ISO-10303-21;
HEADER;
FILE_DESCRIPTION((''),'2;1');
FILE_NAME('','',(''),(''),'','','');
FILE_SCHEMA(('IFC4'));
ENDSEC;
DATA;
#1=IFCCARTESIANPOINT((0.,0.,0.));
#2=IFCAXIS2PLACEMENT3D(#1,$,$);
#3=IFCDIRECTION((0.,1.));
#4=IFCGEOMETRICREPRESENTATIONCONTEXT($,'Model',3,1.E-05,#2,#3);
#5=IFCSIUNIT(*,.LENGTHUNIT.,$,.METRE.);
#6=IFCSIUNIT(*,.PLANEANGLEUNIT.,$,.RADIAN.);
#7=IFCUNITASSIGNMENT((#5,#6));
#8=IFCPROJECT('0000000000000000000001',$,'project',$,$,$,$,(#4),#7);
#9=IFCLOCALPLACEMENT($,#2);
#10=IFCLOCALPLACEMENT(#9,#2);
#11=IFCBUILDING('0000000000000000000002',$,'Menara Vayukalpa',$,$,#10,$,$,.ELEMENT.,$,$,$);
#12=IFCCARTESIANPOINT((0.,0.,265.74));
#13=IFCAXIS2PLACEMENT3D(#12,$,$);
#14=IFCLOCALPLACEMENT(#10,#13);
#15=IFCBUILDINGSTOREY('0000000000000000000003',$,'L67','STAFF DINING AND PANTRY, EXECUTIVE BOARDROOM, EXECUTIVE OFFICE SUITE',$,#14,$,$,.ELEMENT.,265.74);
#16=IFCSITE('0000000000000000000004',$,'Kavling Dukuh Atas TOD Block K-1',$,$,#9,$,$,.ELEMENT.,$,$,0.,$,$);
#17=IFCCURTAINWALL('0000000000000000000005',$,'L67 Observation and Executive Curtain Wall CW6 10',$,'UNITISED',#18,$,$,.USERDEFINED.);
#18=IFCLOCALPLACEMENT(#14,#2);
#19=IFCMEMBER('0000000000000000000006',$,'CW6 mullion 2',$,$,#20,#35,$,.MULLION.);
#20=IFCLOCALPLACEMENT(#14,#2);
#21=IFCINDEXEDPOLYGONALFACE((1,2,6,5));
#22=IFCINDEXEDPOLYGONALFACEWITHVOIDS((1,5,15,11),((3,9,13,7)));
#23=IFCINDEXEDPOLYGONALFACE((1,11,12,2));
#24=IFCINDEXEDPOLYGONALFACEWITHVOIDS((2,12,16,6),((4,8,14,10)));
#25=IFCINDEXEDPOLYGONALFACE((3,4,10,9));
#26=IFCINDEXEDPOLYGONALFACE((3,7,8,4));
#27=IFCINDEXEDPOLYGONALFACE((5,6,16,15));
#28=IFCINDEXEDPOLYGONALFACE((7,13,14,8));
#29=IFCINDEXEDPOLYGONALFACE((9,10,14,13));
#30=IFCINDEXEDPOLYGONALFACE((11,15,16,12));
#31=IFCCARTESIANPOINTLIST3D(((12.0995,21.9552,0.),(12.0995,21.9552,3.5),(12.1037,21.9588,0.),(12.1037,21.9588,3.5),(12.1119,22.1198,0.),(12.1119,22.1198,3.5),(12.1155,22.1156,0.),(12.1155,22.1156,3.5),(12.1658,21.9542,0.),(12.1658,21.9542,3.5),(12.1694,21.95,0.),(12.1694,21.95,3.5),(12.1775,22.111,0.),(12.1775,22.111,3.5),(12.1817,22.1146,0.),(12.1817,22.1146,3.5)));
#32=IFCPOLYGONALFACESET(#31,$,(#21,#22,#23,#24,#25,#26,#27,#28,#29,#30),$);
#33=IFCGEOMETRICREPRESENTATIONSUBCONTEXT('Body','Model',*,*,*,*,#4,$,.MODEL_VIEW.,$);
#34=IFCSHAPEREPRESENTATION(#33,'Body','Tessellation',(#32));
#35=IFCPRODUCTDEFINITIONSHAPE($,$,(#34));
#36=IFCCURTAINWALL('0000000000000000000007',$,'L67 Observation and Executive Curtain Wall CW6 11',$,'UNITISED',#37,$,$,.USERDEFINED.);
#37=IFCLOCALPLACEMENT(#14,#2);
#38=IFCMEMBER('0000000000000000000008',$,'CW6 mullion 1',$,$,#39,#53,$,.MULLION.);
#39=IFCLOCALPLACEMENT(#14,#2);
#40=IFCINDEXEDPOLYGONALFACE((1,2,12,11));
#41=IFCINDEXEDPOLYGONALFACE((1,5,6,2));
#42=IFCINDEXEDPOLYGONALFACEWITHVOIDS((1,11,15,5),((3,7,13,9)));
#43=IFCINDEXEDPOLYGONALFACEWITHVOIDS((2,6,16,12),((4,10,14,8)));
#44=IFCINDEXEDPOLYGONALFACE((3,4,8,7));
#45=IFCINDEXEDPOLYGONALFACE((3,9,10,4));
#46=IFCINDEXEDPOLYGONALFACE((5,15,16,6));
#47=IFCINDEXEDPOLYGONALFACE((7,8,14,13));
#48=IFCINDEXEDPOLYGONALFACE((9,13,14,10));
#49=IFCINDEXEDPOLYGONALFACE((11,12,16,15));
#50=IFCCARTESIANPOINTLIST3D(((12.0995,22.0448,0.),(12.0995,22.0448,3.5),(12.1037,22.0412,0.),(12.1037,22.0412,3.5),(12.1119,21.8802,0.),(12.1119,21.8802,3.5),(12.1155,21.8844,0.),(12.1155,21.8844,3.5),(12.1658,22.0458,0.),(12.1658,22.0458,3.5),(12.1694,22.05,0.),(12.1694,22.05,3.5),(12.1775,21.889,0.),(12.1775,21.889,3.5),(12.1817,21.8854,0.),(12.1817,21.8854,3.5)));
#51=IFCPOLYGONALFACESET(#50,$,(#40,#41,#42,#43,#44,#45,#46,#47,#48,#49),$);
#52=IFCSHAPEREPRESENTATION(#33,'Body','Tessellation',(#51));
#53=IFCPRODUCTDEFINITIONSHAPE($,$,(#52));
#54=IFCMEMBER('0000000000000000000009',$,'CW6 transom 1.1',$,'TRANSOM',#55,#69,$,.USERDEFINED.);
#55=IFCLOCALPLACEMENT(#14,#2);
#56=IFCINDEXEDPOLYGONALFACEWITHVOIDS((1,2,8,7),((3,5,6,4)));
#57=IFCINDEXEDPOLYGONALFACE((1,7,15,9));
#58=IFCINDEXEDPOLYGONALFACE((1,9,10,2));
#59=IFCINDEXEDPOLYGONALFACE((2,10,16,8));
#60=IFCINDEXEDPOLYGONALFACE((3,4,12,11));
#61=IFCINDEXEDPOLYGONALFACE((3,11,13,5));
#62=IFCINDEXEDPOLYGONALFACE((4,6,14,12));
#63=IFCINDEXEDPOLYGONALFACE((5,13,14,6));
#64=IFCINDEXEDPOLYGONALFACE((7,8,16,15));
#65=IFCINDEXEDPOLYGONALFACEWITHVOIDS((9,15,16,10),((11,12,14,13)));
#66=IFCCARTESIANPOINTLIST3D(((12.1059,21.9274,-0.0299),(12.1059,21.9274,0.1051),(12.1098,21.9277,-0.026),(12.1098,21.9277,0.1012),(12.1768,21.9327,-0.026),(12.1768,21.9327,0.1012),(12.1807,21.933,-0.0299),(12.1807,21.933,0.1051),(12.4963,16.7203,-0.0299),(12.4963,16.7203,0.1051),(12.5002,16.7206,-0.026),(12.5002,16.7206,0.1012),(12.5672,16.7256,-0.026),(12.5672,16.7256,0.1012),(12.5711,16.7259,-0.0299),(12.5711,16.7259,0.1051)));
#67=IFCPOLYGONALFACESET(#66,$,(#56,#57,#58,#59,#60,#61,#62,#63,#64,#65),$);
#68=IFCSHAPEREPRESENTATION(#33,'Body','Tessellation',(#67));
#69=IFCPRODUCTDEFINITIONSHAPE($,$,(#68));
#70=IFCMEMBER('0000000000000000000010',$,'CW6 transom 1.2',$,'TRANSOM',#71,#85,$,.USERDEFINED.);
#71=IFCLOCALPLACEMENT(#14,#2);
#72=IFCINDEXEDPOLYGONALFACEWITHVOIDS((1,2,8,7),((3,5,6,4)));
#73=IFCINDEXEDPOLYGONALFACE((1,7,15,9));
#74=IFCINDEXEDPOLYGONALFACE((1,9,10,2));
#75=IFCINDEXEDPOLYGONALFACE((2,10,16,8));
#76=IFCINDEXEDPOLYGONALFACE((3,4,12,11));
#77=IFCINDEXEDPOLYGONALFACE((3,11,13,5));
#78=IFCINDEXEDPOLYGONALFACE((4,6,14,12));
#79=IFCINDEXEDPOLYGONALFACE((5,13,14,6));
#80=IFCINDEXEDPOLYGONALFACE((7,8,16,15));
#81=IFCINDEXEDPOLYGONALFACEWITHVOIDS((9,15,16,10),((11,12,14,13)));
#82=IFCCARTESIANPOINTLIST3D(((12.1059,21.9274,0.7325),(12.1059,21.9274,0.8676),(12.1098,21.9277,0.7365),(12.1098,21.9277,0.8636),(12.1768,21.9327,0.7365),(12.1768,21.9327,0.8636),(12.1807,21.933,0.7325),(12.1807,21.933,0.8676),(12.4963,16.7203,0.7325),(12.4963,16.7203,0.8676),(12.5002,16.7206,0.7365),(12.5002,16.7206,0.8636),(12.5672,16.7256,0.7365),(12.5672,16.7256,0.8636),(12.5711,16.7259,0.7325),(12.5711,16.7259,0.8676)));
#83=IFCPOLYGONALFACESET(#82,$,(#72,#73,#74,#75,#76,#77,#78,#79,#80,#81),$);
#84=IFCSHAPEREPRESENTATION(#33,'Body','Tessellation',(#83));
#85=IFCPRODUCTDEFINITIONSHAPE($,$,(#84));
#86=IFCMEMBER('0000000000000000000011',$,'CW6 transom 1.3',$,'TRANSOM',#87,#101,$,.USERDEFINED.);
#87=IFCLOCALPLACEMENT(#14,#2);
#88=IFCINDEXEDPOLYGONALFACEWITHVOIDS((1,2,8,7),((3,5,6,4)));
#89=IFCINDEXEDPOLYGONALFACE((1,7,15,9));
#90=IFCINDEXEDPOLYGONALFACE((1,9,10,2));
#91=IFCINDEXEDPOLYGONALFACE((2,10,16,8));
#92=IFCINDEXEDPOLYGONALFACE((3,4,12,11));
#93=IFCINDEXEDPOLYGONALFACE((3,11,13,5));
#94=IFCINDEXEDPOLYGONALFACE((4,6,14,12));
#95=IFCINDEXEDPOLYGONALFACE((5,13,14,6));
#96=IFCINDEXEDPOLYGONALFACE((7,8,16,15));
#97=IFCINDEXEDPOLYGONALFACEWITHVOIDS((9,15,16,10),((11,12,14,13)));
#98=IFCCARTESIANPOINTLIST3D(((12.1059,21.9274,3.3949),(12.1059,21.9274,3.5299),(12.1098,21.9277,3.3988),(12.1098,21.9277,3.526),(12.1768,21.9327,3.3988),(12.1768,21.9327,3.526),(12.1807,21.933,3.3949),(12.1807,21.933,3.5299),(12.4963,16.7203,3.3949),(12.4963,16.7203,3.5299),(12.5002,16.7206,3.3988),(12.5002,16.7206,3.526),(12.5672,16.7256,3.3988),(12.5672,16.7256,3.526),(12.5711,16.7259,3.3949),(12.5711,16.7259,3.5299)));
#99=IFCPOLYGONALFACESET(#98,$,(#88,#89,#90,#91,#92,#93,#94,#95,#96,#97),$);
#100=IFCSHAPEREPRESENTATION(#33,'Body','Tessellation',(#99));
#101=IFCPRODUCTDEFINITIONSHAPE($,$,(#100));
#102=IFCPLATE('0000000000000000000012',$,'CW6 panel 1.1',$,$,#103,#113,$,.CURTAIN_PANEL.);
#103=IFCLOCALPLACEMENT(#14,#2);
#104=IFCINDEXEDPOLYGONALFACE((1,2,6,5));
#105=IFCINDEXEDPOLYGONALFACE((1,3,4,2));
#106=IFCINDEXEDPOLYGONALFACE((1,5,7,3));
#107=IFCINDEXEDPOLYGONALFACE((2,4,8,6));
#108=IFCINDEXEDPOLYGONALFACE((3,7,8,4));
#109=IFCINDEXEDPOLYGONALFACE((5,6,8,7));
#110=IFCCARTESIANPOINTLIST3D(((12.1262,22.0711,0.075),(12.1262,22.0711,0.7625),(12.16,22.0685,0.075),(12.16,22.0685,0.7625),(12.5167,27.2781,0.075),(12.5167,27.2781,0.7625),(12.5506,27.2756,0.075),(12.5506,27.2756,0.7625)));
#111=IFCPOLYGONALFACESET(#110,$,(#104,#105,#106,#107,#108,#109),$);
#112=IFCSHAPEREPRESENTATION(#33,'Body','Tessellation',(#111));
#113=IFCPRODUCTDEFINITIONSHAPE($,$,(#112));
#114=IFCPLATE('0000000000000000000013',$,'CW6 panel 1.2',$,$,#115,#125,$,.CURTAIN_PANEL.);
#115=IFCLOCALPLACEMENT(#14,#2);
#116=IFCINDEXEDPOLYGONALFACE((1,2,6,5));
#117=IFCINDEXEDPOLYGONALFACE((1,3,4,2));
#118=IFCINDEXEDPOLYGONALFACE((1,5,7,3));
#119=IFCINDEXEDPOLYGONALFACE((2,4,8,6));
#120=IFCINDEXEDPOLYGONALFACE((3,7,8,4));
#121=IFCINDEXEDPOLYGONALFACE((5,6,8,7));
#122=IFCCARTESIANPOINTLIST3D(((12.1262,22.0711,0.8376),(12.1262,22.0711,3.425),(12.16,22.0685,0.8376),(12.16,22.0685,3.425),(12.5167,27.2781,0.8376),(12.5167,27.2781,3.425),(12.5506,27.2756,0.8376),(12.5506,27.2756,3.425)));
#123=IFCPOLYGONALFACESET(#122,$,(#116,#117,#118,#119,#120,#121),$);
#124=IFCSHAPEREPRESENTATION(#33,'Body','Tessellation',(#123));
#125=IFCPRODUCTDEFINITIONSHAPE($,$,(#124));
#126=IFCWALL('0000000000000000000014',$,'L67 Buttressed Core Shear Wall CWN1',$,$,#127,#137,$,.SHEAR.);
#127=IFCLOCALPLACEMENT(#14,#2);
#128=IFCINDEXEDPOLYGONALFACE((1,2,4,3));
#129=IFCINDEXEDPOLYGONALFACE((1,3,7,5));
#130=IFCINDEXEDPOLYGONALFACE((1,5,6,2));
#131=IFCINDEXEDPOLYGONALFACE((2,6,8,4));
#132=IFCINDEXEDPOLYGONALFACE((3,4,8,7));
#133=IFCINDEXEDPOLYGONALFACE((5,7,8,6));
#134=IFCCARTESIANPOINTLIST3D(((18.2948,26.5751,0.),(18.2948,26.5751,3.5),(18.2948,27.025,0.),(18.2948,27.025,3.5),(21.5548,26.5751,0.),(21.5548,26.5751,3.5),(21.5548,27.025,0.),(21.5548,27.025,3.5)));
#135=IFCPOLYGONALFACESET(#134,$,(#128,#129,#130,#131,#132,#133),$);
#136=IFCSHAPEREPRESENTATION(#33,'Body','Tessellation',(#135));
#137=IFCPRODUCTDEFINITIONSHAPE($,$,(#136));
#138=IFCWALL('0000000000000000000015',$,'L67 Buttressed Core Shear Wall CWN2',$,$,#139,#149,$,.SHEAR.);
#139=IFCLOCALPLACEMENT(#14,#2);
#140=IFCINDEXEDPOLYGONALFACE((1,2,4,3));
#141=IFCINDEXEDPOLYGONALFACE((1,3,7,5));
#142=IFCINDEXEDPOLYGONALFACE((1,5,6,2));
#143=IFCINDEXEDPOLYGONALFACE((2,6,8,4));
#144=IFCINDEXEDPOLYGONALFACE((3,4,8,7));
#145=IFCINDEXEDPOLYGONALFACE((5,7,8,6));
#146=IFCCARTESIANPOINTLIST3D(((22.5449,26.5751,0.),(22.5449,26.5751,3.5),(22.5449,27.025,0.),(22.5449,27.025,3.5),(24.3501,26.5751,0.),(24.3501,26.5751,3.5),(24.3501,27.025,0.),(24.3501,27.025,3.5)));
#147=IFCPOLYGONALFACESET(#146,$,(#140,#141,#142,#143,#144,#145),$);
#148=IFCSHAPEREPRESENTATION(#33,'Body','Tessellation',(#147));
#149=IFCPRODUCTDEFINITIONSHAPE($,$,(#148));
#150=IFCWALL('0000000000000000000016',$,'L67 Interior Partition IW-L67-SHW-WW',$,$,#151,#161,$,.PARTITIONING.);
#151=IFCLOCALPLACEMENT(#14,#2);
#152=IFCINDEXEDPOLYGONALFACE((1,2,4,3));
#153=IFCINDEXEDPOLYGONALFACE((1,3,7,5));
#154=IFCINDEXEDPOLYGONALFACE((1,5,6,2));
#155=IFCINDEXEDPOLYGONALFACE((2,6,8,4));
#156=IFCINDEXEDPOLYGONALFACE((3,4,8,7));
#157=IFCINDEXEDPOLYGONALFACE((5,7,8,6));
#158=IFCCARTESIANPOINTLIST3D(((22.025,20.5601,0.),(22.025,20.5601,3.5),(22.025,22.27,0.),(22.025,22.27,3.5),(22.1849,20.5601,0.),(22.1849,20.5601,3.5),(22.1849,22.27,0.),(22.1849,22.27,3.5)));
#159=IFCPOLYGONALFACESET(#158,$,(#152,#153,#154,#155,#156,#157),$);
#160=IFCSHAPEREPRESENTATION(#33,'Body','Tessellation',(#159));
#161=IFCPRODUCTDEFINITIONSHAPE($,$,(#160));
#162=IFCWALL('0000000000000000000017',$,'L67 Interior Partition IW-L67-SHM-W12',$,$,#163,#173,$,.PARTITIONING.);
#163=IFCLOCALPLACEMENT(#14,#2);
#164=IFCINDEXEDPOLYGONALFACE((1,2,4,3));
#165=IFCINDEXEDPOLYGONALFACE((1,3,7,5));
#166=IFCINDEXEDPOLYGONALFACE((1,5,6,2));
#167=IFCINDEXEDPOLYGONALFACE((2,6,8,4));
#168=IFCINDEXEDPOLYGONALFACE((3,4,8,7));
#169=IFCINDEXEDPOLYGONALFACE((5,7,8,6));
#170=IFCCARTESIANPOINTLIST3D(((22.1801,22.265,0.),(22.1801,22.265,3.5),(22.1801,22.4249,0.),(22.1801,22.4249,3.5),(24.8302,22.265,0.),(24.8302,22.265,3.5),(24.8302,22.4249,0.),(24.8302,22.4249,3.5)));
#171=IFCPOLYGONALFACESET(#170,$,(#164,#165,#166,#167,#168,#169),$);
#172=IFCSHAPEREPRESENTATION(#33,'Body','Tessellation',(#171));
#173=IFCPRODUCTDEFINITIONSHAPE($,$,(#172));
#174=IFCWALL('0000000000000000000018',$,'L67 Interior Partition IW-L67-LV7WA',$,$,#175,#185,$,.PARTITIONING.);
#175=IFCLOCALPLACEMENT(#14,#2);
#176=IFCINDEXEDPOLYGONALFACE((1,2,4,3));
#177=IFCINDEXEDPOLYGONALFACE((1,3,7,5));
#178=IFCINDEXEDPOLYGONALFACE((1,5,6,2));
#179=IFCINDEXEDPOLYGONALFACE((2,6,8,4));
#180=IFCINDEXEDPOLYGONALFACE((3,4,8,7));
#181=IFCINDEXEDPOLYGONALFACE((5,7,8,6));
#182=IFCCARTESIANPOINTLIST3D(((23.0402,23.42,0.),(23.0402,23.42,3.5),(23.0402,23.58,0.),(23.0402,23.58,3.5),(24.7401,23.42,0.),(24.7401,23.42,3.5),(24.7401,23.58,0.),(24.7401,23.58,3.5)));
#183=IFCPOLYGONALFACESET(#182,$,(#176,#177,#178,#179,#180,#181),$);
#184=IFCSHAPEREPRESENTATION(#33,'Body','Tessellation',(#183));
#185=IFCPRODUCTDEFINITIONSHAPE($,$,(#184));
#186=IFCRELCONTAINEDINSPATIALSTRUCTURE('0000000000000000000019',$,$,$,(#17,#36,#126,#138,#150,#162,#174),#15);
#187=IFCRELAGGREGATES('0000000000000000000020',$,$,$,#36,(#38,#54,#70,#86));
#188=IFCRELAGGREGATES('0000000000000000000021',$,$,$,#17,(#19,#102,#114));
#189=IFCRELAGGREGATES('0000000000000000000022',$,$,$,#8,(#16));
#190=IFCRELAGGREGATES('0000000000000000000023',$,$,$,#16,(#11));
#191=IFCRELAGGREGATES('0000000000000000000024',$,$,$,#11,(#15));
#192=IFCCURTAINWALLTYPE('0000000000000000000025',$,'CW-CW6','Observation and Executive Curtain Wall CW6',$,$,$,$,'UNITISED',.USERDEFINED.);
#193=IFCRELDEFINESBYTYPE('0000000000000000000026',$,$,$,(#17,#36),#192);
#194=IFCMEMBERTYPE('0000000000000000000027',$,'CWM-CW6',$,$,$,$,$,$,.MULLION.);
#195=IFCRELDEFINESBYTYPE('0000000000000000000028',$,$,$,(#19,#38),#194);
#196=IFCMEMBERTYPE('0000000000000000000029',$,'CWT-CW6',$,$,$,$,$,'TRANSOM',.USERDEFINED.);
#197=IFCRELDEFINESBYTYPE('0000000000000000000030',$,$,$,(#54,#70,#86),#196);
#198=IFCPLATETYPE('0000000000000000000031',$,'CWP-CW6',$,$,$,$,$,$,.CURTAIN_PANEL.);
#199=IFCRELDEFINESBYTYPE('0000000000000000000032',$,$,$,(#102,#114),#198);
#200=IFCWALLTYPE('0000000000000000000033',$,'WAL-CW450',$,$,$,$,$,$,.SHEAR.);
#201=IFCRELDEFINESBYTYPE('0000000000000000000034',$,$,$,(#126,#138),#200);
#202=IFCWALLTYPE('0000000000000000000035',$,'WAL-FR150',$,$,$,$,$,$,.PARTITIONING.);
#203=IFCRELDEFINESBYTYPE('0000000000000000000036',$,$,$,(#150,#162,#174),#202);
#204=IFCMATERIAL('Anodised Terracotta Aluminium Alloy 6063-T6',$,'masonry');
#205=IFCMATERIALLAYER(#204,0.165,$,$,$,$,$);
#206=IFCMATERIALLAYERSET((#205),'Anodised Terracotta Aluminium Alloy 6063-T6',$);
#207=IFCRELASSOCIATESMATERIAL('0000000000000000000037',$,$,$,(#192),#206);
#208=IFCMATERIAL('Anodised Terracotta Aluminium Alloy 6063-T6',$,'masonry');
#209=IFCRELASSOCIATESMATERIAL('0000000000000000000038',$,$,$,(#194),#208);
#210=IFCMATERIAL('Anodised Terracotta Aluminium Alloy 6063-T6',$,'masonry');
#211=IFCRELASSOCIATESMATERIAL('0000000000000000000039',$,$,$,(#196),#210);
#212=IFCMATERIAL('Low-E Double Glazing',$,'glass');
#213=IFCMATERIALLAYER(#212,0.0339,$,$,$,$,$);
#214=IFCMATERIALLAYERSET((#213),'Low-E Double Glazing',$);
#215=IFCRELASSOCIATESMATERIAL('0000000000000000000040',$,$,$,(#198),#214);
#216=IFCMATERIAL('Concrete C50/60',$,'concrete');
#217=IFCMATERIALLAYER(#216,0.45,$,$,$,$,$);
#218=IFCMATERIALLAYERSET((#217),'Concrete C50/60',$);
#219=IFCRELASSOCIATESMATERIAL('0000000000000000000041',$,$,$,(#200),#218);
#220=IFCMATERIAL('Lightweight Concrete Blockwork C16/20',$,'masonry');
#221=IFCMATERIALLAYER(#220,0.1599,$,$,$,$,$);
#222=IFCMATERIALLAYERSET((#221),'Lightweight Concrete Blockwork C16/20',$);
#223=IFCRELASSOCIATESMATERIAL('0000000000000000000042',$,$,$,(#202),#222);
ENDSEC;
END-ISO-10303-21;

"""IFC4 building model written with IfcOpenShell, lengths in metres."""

from ifc_helpers import new_model, si_unit, direction, frame, frame_2d, origin, origin_2d, place, context, subcontext, project, spatial, rectangle, hollow_rectangle, extrude, material, layer, layer_set, material_profile, profile_set, type_object, element, aggregate, save


model = new_model("IFC4")

# Units and contexts
model_context = context("Model", 3, precision=1e-05, world=origin(), true_north=direction((0.0, 1.0)))
body_context = subcontext(model_context, "Body", "Model", "MODEL_VIEW")
ifc_project = project(units=[si_unit("LENGTHUNIT", "METRE"), si_unit("PLANEANGLEUNIT", "RADIAN")], contexts=[model_context])

# Site, building, storey
site_placement = place(None, origin())
site = spatial("IfcSite", under=ifc_project, at=site_placement, Name="Kavling Dukuh Atas TOD Block K-1", CompositionType="ELEMENT", RefElevation=0.0)
building_placement = place(site_placement, origin())
building = spatial("IfcBuilding", under=site, at=building_placement, Name="Menara Vayukalpa", CompositionType="ELEMENT")
storey_placement = place(building_placement, frame((0.0, 0.0, 265.74)))
storey = spatial("IfcBuildingStorey", under=building, at=storey_placement, Name="L67", Description="STAFF DINING AND PANTRY, EXECUTIVE BOARDROOM, EXECUTIVE OFFICE SUITE", CompositionType="ELEMENT", Elevation=265.74)

# Curtain wall, member
ifc_material_1 = material(Name="Anodised Terracotta Aluminium Alloy 6063-T6", Category="masonry")
ifc_layer_1 = layer(ifc_material_1, 0.165)
ifc_layer_set_1 = layer_set([ifc_layer_1], Name="Anodised Terracotta Aluminium Alloy 6063-T6")
curtain_wall_type = type_object("IfcCurtainWallType", Name="CW-CW6", Description="Observation and Executive Curtain Wall CW6", ElementType="UNITISED", PredefinedType="USERDEFINED", material=ifc_layer_set_1)
curtain_wall_1_placement = place(storey_placement, origin())
curtain_wall_1 = element("IfcCurtainWall", 1, at=curtain_wall_1_placement, inside=storey, type_object=curtain_wall_type, Name="L67 Observation and Executive Curtain Wall CW6 10", ObjectType="UNITISED", PredefinedType="USERDEFINED")
ifc_material_2 = material(Name="Anodised Terracotta Aluminium Alloy 6063-T6", Category="masonry")
ifc_material_profile_1 = material_profile(ifc_material_2, hollow_rectangle(XDim=0.0701, YDim=0.165, WallThickness=0.0039, at=origin_2d()), Name="ALU 70x165x4")
ifc_profile_set_1 = profile_set([ifc_material_profile_1], Name="Anodised Terracotta Aluminium Alloy 6063-T6")
member_type_1 = type_object("IfcMemberType", Name="CWM-CW6", PredefinedType="MULLION", material=ifc_profile_set_1)
member_1_placement = place(storey_placement, frame((12.1406, 22.0349, 0.0), z_axis=(0.0, 0.0, 1.0), x_axis=(0.997199, -0.074789, 0.0)))
member_1 = element("IfcMember", 2, at=member_1_placement, type_object=member_type_1, Name="CW6 mullion 2", PredefinedType="MULLION", context=body_context, shape_type="SweptSolid", body=[
    extrude(hollow_rectangle(XDim=0.0701, YDim=0.165, WallThickness=0.0039, at=origin_2d()), origin(), (0.0, 0.0, 1.0), 3.5),
])

# Curtain wall, members
curtain_wall_2_placement = place(storey_placement, origin())
curtain_wall_2 = element("IfcCurtainWall", 3, at=curtain_wall_2_placement, inside=storey, type_object=curtain_wall_type, Name="L67 Observation and Executive Curtain Wall CW6 11", ObjectType="UNITISED", PredefinedType="USERDEFINED")
member_2_placement = place(storey_placement, frame((12.1406, 21.9651, 0.0), z_axis=(0.0, 0.0, 1.0), x_axis=(0.997199, 0.074789, 0.0)))
member_2 = element("IfcMember", 4, at=member_2_placement, type_object=member_type_1, Name="CW6 mullion 1", PredefinedType="MULLION", context=body_context, shape_type="SweptSolid", body=[
    extrude(hollow_rectangle(XDim=0.0701, YDim=0.165, WallThickness=0.0039, at=origin_2d()), origin(), (0.0, 0.0, 1.0), 3.5),
])
ifc_material_3 = material(Name="Anodised Terracotta Aluminium Alloy 6063-T6", Category="masonry")
ifc_material_profile_2 = material_profile(ifc_material_3, hollow_rectangle(XDim=0.075, YDim=0.135, WallThickness=0.0039, at=origin_2d()), Name="ALU 75x135x4")
ifc_profile_set_2 = profile_set([ifc_material_profile_2], Name="Anodised Terracotta Aluminium Alloy 6063-T6")
member_type_2 = type_object("IfcMemberType", Name="CWT-CW6", ElementType="TRANSOM", PredefinedType="USERDEFINED", material=ifc_profile_set_2)
member_3_placement = place(storey_placement, frame((12.1433, 21.9302, 0.0376), z_axis=(0.074762, -0.997201, 0.0), x_axis=(0.997201, 0.074762, 0.0)))
member_3 = element("IfcMember", 5, at=member_3_placement, type_object=member_type_2, Name="CW6 transom 1.1", ObjectType="TRANSOM", PredefinedType="USERDEFINED", context=body_context, shape_type="SweptSolid", body=[
    extrude(hollow_rectangle(XDim=0.075, YDim=0.135, WallThickness=0.0039, at=origin_2d()), origin(), (0.0, 0.0, 1.0), 5.2217),
])
member_4_placement = place(storey_placement, frame((12.1433, 21.9302, 0.8), z_axis=(0.074762, -0.997201, 0.0), x_axis=(0.997201, 0.074762, 0.0)))
member_4 = element("IfcMember", 6, at=member_4_placement, type_object=member_type_2, Name="CW6 transom 1.2", ObjectType="TRANSOM", PredefinedType="USERDEFINED", context=body_context, shape_type="SweptSolid", body=[
    extrude(hollow_rectangle(XDim=0.075, YDim=0.135, WallThickness=0.0039, at=origin_2d()), origin(), (0.0, 0.0, 1.0), 5.2217),
])
member_5_placement = place(storey_placement, frame((12.1433, 21.9302, 3.4624), z_axis=(0.074762, -0.997201, 0.0), x_axis=(0.997201, 0.074762, 0.0)))
member_5 = element("IfcMember", 7, at=member_5_placement, type_object=member_type_2, Name="CW6 transom 1.3", ObjectType="TRANSOM", PredefinedType="USERDEFINED", context=body_context, shape_type="SweptSolid", body=[
    extrude(hollow_rectangle(XDim=0.075, YDim=0.135, WallThickness=0.0039, at=origin_2d()), origin(), (0.0, 0.0, 1.0), 5.2217),
])
aggregate(curtain_wall_2, [member_2, member_3, member_4, member_5])

# Plates
ifc_material_4 = material(Name="Low-E Double Glazing", Category="glass")
ifc_layer_2 = layer(ifc_material_4, 0.0339)
ifc_layer_set_2 = layer_set([ifc_layer_2], Name="Low-E Double Glazing")
plate_type = type_object("IfcPlateType", Name="CWP-CW6", PredefinedType="CURTAIN_PANEL", material=ifc_layer_set_2)
plate_1_placement = place(storey_placement, frame((12.3384, 24.6733, 0.075), z_axis=(0.0, 0.0, 1.0), x_axis=(-0.074789, -0.997199, 0.0)))
plate_1 = element("IfcPlate", 8, at=plate_1_placement, type_object=plate_type, Name="CW6 panel 1.1", PredefinedType="CURTAIN_PANEL", context=body_context, shape_type="SweptSolid", body=[
    extrude(rectangle(XDim=5.2217, YDim=0.0339, at=origin_2d()), origin(), (0.0, 0.0, 1.0), 0.6875),
])
plate_2_placement = place(storey_placement, frame((12.3384, 24.6733, 0.8376), z_axis=(0.0, 0.0, 1.0), x_axis=(-0.074789, -0.997199, 0.0)))
plate_2 = element("IfcPlate", 9, at=plate_2_placement, type_object=plate_type, Name="CW6 panel 1.2", PredefinedType="CURTAIN_PANEL", context=body_context, shape_type="SweptSolid", body=[
    extrude(rectangle(XDim=5.2217, YDim=0.0339, at=origin_2d()), origin(), (0.0, 0.0, 1.0), 2.5874),
])
aggregate(curtain_wall_1, [member_1, plate_1, plate_2])

# Walls
ifc_material_5 = material(Name="Concrete C50/60", Category="concrete")
ifc_layer_3 = layer(ifc_material_5, 0.45)
ifc_layer_set_3 = layer_set([ifc_layer_3], Name="Concrete C50/60")
wall_type_1 = type_object("IfcWallType", Name="WAL-CW450", PredefinedType="SHEAR", material=ifc_layer_set_3)
wall_1_placement = place(storey_placement, frame((18.2949, 26.8, 0.0), z_axis=(0.0, 0.0, 1.0), x_axis=(1.0, 0.0, 0.0)))
element("IfcWall", 10, at=wall_1_placement, inside=storey, type_object=wall_type_1, Name="L67 Buttressed Core Shear Wall CWN1", PredefinedType="SHEAR", context=body_context, shape_type="SweptSolid", body=[
    extrude(rectangle(XDim=3.26, YDim=0.45, at=frame_2d((1.6299, 0.0))), origin(), (0.0, 0.0, 1.0), 3.5),
])
wall_2_placement = place(storey_placement, frame((22.5449, 26.8, 0.0), z_axis=(0.0, 0.0, 1.0), x_axis=(1.0, 0.0, 0.0)))
element("IfcWall", 11, at=wall_2_placement, inside=storey, type_object=wall_type_1, Name="L67 Buttressed Core Shear Wall CWN2", PredefinedType="SHEAR", context=body_context, shape_type="SweptSolid", body=[
    extrude(rectangle(XDim=1.8052, YDim=0.45, at=frame_2d((0.9026, 0.0))), origin(), (0.0, 0.0, 1.0), 3.5),
])
ifc_material_6 = material(Name="Lightweight Concrete Blockwork C16/20", Category="masonry")
ifc_layer_4 = layer(ifc_material_6, 0.1599)
ifc_layer_set_4 = layer_set([ifc_layer_4], Name="Lightweight Concrete Blockwork C16/20")
wall_type_2 = type_object("IfcWallType", Name="WAL-FR150", PredefinedType="PARTITIONING", material=ifc_layer_set_4)
wall_3_placement = place(storey_placement, frame((22.105, 20.5601, 0.0), z_axis=(0.0, 0.0, 1.0), x_axis=(0.0, 1.0, 0.0)))
element("IfcWall", 12, at=wall_3_placement, inside=storey, type_object=wall_type_2, Name="L67 Interior Partition IW-L67-SHW-WW", PredefinedType="PARTITIONING", context=body_context, shape_type="SweptSolid", body=[
    extrude(rectangle(XDim=1.71, YDim=0.1599, at=frame_2d((0.855, 0.0))), origin(), (0.0, 0.0, 1.0), 3.5),
])
wall_4_placement = place(storey_placement, frame((22.1799, 22.345, 0.0), z_axis=(0.0, 0.0, 1.0), x_axis=(1.0, 0.0, 0.0)))
element("IfcWall", 13, at=wall_4_placement, inside=storey, type_object=wall_type_2, Name="L67 Interior Partition IW-L67-SHM-W12", PredefinedType="PARTITIONING", context=body_context, shape_type="SweptSolid", body=[
    extrude(rectangle(XDim=2.6501, YDim=0.1599, at=frame_2d((1.3252, 0.0))), origin(), (0.0, 0.0, 1.0), 3.5),
])
wall_5_placement = place(storey_placement, frame((23.04, 23.5, 0.0), z_axis=(0.0, 0.0, 1.0), x_axis=(1.0, 0.0, 0.0)))
element("IfcWall", 14, at=wall_5_placement, inside=storey, type_object=wall_type_2, Name="L67 Interior Partition IW-L67-LV7WA", PredefinedType="PARTITIONING", context=body_context, shape_type="SweptSolid", body=[
    extrude(rectangle(XDim=1.7, YDim=0.1599, at=frame_2d((0.8501, 0.0))), origin(), (0.0, 0.0, 1.0), 3.5),
])

save(model, "model.ifc")
